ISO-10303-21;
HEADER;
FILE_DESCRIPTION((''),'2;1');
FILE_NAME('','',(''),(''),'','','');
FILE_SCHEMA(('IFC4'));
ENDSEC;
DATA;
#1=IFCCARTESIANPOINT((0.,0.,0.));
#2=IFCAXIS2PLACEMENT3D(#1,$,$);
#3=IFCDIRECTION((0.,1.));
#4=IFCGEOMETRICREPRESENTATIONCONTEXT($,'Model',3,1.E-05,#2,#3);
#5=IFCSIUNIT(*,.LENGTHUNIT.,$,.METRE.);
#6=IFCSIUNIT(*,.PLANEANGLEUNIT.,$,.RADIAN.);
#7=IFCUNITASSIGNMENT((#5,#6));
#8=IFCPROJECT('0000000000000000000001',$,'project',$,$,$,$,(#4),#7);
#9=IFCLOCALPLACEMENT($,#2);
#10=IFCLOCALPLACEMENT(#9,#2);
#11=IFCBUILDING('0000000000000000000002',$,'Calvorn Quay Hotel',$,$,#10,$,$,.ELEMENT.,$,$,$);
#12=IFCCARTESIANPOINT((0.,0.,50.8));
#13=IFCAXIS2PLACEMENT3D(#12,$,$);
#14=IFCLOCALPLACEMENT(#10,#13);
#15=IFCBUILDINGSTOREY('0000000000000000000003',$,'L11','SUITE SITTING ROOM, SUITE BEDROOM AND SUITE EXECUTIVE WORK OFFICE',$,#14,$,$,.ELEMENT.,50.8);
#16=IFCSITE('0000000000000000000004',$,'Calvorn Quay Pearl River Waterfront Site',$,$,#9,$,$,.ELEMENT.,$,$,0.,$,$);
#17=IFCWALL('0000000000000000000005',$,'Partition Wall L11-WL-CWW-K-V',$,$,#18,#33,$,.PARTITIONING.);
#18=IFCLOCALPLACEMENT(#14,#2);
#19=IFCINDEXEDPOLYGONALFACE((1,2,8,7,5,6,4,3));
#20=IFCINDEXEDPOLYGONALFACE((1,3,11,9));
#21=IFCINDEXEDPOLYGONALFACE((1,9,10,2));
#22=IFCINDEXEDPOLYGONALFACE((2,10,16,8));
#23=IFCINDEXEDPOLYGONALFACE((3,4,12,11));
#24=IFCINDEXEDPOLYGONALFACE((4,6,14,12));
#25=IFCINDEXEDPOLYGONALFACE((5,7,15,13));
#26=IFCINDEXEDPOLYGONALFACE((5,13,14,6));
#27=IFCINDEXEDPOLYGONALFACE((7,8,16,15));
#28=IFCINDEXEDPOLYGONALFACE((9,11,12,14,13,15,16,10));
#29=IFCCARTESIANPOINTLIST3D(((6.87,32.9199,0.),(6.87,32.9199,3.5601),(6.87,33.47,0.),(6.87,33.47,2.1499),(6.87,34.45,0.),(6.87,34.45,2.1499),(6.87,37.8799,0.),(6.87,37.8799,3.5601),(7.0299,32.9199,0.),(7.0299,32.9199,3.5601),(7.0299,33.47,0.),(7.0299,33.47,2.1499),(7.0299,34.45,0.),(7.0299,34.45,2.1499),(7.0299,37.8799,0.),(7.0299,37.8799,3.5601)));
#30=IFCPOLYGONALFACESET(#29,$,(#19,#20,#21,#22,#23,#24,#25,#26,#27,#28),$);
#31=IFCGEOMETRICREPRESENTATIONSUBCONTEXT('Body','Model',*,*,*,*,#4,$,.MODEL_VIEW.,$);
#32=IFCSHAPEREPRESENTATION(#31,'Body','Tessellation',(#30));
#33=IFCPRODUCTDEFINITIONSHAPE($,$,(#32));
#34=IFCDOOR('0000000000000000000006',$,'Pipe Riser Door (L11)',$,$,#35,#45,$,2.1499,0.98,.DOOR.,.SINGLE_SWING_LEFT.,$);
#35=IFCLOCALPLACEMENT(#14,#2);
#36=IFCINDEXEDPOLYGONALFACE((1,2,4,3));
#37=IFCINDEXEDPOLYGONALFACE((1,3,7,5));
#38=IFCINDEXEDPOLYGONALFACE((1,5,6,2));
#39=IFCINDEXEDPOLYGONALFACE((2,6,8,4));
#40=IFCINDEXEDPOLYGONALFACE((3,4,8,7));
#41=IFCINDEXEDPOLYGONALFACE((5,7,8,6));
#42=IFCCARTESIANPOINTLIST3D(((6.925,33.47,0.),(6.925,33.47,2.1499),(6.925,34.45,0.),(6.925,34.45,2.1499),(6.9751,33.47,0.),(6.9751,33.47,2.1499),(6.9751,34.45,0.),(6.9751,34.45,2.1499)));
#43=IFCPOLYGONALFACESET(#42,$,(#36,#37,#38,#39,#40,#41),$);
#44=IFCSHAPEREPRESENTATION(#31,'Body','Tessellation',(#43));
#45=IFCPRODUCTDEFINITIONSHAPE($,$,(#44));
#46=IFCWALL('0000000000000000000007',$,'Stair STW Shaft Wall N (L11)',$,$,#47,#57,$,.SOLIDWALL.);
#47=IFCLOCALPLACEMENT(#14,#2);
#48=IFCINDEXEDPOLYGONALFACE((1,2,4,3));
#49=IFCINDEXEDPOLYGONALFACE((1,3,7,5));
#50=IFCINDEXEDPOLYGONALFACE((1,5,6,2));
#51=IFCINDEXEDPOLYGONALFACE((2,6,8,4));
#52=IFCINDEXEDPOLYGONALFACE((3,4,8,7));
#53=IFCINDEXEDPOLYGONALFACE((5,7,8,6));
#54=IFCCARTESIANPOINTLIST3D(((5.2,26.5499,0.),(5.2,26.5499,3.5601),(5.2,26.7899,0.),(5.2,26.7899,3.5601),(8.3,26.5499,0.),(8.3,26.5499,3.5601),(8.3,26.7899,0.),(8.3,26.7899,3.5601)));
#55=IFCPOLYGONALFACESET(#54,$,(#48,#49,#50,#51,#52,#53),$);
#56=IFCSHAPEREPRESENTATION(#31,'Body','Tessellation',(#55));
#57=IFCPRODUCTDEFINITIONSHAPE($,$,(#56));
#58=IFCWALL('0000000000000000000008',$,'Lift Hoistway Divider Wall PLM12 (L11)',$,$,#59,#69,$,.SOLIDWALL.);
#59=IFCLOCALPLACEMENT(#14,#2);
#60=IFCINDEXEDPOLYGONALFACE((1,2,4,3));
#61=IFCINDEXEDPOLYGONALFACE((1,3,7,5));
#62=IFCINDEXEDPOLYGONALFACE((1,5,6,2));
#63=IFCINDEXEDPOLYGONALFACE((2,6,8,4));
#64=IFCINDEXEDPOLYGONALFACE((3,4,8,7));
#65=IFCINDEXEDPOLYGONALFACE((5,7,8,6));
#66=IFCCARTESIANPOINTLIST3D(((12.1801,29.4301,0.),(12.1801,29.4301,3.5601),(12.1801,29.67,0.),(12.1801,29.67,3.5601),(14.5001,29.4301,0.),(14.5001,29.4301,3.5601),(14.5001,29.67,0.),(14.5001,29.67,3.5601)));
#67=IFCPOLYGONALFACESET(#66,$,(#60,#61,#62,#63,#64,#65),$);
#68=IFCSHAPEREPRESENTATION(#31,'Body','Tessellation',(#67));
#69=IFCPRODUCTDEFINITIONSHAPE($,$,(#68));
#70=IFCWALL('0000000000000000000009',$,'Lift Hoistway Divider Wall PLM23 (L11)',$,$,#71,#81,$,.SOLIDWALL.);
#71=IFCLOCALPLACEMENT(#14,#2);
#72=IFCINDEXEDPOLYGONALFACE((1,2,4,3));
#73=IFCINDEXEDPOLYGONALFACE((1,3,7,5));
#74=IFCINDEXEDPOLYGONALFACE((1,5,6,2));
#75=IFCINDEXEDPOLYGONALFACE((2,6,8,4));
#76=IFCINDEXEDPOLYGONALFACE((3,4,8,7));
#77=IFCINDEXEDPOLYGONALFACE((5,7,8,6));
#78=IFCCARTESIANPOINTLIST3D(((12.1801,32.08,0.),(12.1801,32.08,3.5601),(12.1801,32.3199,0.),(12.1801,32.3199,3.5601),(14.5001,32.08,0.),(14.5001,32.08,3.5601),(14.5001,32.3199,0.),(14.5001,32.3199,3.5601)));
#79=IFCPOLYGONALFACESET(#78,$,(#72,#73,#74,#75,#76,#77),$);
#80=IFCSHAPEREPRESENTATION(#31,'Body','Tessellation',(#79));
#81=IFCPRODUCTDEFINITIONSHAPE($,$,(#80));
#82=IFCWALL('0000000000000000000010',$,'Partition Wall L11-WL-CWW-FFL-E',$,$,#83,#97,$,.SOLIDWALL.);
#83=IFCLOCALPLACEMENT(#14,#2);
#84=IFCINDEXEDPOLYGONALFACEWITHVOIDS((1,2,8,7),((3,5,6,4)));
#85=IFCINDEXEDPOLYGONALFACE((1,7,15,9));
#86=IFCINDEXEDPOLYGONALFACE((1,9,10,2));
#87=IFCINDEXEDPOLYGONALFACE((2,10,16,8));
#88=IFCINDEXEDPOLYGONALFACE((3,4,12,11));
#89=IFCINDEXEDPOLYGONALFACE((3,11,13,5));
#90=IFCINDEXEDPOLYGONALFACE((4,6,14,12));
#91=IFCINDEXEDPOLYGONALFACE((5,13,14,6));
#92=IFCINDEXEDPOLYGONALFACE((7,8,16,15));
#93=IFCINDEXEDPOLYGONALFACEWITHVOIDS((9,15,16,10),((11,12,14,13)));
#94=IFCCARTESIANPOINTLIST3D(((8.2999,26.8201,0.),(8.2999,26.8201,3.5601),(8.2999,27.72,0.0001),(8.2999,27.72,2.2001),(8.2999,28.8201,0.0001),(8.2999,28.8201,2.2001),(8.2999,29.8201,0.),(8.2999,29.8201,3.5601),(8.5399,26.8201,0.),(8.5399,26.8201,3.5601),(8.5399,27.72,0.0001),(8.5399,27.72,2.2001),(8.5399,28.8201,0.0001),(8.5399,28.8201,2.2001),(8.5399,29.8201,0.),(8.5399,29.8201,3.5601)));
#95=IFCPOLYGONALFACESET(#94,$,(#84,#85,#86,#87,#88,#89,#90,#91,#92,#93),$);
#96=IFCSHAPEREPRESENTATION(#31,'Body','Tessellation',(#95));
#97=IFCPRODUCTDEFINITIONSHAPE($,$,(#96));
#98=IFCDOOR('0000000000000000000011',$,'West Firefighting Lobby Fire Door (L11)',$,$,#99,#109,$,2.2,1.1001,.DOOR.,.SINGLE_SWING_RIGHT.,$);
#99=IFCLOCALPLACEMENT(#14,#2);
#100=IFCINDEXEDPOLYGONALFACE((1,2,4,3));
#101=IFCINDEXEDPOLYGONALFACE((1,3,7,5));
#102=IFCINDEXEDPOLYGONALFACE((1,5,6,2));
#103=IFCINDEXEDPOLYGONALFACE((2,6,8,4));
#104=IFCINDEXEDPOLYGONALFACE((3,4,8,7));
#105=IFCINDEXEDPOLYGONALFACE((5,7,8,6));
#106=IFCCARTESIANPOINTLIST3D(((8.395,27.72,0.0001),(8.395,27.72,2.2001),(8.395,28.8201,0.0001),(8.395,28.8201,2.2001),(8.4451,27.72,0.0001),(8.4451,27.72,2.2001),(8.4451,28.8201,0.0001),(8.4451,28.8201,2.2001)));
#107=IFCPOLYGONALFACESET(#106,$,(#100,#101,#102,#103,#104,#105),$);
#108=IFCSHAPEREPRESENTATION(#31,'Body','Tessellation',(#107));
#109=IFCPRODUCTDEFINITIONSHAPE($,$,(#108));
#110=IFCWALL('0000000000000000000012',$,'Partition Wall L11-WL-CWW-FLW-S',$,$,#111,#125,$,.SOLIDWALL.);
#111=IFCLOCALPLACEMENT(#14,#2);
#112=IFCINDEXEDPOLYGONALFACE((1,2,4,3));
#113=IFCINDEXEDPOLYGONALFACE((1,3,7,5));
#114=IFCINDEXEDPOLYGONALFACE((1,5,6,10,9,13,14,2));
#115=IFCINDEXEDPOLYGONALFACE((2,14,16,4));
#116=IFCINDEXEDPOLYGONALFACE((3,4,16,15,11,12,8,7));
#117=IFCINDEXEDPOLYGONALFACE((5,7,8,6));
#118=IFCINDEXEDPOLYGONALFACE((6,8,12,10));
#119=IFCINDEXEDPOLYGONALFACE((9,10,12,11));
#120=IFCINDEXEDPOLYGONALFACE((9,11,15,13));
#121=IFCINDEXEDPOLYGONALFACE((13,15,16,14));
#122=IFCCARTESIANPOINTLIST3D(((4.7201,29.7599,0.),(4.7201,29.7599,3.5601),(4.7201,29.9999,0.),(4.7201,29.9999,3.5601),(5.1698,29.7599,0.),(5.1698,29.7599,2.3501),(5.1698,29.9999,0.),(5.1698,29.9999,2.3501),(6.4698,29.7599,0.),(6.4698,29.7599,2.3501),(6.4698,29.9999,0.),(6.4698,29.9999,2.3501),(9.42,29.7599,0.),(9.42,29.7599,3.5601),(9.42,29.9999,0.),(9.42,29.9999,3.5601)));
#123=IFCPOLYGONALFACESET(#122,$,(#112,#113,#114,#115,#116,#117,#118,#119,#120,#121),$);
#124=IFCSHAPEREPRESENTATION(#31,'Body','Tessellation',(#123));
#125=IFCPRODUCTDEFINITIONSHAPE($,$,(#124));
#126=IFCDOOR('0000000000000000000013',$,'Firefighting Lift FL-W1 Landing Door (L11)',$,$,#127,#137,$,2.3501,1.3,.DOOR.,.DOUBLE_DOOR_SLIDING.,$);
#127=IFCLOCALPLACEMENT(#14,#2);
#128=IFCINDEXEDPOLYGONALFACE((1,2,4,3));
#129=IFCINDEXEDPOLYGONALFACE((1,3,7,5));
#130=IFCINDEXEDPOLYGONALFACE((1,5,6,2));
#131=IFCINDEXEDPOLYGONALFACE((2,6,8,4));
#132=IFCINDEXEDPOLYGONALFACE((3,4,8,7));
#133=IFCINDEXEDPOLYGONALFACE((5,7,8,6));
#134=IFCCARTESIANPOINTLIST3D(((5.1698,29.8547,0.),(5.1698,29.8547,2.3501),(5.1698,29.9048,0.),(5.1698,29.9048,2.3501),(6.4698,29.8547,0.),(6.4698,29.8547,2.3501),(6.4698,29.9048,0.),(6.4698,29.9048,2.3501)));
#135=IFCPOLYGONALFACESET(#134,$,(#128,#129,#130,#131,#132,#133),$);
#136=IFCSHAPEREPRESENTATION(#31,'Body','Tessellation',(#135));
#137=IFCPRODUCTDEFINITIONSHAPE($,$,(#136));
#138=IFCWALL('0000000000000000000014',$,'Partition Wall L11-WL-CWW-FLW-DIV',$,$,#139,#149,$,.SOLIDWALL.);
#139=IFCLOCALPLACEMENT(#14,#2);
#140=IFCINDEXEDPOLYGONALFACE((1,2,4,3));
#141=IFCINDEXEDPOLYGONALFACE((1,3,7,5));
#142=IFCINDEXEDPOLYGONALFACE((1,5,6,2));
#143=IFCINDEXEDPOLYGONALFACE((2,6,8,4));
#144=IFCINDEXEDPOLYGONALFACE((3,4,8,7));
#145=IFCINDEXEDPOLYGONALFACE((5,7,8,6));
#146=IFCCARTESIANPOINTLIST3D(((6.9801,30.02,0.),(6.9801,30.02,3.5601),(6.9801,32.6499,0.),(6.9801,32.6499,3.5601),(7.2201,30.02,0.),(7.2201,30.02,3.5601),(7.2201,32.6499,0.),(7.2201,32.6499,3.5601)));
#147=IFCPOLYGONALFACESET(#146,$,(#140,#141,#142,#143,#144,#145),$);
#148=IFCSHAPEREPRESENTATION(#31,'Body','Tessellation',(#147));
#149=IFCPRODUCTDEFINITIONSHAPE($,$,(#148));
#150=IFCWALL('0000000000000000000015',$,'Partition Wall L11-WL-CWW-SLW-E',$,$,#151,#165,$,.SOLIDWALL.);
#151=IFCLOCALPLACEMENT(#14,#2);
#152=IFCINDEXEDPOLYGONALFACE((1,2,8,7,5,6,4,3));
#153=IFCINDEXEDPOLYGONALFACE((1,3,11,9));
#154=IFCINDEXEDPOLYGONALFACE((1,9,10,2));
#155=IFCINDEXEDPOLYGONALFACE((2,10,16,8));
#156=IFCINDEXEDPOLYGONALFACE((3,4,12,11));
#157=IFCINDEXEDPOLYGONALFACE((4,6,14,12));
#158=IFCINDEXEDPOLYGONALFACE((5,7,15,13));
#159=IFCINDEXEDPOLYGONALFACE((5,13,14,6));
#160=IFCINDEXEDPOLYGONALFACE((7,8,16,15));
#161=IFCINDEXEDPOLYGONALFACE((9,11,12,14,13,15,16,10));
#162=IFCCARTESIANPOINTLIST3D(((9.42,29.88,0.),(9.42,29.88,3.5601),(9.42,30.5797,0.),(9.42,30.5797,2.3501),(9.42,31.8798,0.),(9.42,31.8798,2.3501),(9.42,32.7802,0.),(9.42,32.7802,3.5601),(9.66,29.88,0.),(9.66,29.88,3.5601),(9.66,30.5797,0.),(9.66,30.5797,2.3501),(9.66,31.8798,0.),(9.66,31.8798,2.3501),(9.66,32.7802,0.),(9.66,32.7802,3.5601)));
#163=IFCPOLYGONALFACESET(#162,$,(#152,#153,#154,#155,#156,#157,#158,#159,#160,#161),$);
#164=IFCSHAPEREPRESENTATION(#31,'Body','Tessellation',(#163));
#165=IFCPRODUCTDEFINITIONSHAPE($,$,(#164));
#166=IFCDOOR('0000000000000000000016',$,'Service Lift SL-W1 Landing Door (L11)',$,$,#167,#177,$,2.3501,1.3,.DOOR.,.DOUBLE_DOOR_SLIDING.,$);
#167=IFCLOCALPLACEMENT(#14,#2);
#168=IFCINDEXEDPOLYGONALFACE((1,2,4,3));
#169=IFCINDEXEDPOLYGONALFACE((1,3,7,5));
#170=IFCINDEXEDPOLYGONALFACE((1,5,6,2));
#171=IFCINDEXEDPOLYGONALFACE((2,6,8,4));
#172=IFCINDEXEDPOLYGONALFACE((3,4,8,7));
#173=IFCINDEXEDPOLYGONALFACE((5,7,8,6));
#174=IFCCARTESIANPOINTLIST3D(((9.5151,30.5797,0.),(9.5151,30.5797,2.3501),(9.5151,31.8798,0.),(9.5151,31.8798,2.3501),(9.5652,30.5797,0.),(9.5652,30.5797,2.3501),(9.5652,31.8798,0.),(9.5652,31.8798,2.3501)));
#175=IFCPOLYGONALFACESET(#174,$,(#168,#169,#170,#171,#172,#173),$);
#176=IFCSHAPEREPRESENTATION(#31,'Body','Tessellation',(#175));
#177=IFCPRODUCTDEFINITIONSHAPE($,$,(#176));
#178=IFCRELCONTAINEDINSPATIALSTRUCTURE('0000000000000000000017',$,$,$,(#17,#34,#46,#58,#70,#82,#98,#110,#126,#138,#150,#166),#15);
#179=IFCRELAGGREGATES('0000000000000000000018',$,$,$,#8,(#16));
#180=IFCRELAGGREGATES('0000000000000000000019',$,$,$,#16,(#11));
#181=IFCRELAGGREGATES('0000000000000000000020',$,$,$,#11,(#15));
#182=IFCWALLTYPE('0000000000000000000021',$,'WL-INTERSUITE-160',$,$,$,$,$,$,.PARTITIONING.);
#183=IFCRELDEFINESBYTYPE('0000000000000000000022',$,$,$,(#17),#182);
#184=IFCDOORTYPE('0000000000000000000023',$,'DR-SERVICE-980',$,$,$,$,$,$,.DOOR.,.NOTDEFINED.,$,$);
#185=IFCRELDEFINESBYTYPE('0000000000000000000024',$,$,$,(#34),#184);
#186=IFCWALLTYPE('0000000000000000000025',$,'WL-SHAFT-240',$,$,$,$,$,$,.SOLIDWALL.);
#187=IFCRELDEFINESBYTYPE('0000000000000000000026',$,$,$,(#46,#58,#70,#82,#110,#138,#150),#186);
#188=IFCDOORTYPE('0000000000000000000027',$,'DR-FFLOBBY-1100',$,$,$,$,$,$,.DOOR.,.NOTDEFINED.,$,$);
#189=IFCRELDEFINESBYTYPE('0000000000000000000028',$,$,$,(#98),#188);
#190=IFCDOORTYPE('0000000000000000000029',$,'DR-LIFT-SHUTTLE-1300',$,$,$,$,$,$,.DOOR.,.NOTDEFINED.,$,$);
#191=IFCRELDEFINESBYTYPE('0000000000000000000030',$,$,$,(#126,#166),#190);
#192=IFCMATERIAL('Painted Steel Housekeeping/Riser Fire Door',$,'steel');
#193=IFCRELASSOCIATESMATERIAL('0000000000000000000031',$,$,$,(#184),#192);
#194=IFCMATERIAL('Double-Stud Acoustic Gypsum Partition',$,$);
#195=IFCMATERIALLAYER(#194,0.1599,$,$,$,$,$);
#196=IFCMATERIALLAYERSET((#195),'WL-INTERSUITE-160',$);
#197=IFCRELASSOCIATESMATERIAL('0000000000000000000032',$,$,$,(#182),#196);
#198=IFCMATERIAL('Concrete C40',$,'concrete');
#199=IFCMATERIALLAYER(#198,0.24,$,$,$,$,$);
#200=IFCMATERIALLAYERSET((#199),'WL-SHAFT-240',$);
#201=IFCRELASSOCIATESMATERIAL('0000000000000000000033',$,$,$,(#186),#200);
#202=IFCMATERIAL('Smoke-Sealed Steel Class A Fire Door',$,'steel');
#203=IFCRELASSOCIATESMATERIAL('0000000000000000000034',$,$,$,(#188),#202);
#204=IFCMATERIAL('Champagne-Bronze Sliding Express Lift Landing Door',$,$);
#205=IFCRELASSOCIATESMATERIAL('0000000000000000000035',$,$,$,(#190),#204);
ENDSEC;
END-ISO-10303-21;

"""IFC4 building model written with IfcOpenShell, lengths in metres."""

from ifc_helpers import new_model, si_unit, direction, frame, frame_2d, origin, place, context, subcontext, project, spatial, rectangle, extrude, material, layer, layer_set, type_object, element, fill, save


model = new_model("IFC4")

# Units and contexts
model_context = context("Model", 3, precision=1e-05, world=origin(), true_north=direction((0.0, 1.0)))
body_context = subcontext(model_context, "Body", "Model", "MODEL_VIEW")
ifc_project = project(units=[si_unit("LENGTHUNIT", "METRE"), si_unit("PLANEANGLEUNIT", "RADIAN")], contexts=[model_context])

# Site, building, storey
site_placement = place(None, origin())
site = spatial("IfcSite", under=ifc_project, at=site_placement, Name="Calvorn Quay Pearl River Waterfront Site", CompositionType="ELEMENT", RefElevation=0.0)
building_placement = place(site_placement, origin())
building = spatial("IfcBuilding", under=site, at=building_placement, Name="Calvorn Quay Hotel", CompositionType="ELEMENT")
storey_placement = place(building_placement, frame((0.0, 0.0, 50.8)))
storey = spatial("IfcBuildingStorey", under=building, at=storey_placement, Name="L11", Description="SUITE SITTING ROOM, SUITE BEDROOM AND SUITE EXECUTIVE WORK OFFICE", CompositionType="ELEMENT", Elevation=50.8)

# Wall, opening, door
ifc_material_1 = material(Name="Painted Steel Housekeeping/Riser Fire Door", Category="steel")
door_type_1 = type_object("IfcDoorType", Name="DR-SERVICE-980", OperationType="NOTDEFINED", PredefinedType="DOOR", material=ifc_material_1)
ifc_material_2 = material(Name="Double-Stud Acoustic Gypsum Partition")
ifc_layer_1 = layer(ifc_material_2, 0.1599)
ifc_layer_set_1 = layer_set([ifc_layer_1], Name="WL-INTERSUITE-160")
wall_type_1 = type_object("IfcWallType", Name="WL-INTERSUITE-160", PredefinedType="PARTITIONING", material=ifc_layer_set_1)
wall_1_placement = place(storey_placement, frame((6.95, 32.9199, 0.0), z_axis=(0.0, 0.0, 1.0), x_axis=(0.0, 1.0, 0.0)))
wall_1 = element("IfcWall", 1, at=wall_1_placement, inside=storey, type_object=wall_type_1, Name="Partition Wall L11-WL-CWW-K-V", PredefinedType="PARTITIONING", context=body_context, shape_type="SweptSolid", body=[
    extrude(rectangle(XDim=4.96, YDim=0.1599, at=frame_2d((2.48, 0.0))), origin(), (0.0, 0.0, 1.0), 3.5601),
])
opening_1_placement = place(wall_1_placement, frame((0.55, 0.0, 0.0)))
opening_1 = element("IfcOpeningElement", 2, at=opening_1_placement, cuts=wall_1, PredefinedType="OPENING", context=body_context, shape_type="SweptSolid", body=[
    extrude(rectangle(XDim=0.98, YDim=2.1499, at=frame_2d((0.49, 1.075))), frame((0.0, 0.0898, 0.0), z_axis=(0.0, -1.0, 0.0), x_axis=(1.0, 0.0, 0.0)), (0.0, 0.0, 1.0), 0.1799),
])
door_1_placement = place(opening_1_placement, origin())
door_1 = element("IfcDoor", 3, at=door_1_placement, inside=storey, type_object=door_type_1, Name="Pipe Riser Door (L11)", OperationType="SINGLE_SWING_LEFT", OverallHeight=2.1499, OverallWidth=0.98, PredefinedType="DOOR", context=body_context, shape_type="SweptSolid", body=[
    extrude(rectangle(XDim=0.98, YDim=2.1499, at=frame_2d((0.49, 1.075))), frame((0.0, 0.0249, 0.0), z_axis=(0.0, -1.0, 0.0), x_axis=(1.0, 0.0, 0.0)), (0.0, 0.0, 1.0), 0.05),
])
fill(opening_1, door_1)

# Walls
ifc_material_3 = material(Name="Concrete C40", Category="concrete")
ifc_layer_2 = layer(ifc_material_3, 0.24)
ifc_layer_set_2 = layer_set([ifc_layer_2], Name="WL-SHAFT-240")
wall_type_2 = type_object("IfcWallType", Name="WL-SHAFT-240", PredefinedType="SOLIDWALL", material=ifc_layer_set_2)
wall_2_placement = place(storey_placement, frame((5.2, 26.6699, 0.0), z_axis=(0.0, 0.0, 1.0), x_axis=(1.0, 0.0, 0.0)))
element("IfcWall", 4, at=wall_2_placement, inside=storey, type_object=wall_type_2, Name="Stair STW Shaft Wall N (L11)", PredefinedType="SOLIDWALL", context=body_context, shape_type="SweptSolid", body=[
    extrude(rectangle(XDim=3.1001, YDim=0.24, at=frame_2d((1.55, 0.0))), origin(), (0.0, 0.0, 1.0), 3.5601),
])
for number, where, z_axis, x_axis, name in (
    (5, (12.1799, 29.55, 0.0), (0.0, 0.0, 1.0), (1.0, 0.0, 0.0), "Lift Hoistway Divider Wall PLM12 (L11)"),
    (6, (12.1799, 32.2, 0.0), (0.0, 0.0, 1.0), (1.0, 0.0, 0.0), "Lift Hoistway Divider Wall PLM23 (L11)"),
):
    element("IfcWall", number, at=place(storey_placement, frame(where, z_axis=z_axis, x_axis=x_axis)), inside=storey, type_object=wall_type_2, Name=name, PredefinedType="SOLIDWALL", context=body_context, shape_type="SweptSolid", body=[
        extrude(rectangle(XDim=2.3201, YDim=0.24, at=frame_2d((1.1602, 0.0))), origin(), (0.0, 0.0, 1.0), 3.5601),
    ])

# Walls, openings, doors
wall_3_placement = place(storey_placement, frame((8.4199, 26.8201, 0.0), z_axis=(0.0, 0.0, 1.0), x_axis=(0.0, 1.0, 0.0)))
wall_3 = element("IfcWall", 7, at=wall_3_placement, inside=storey, type_object=wall_type_2, Name="Partition Wall L11-WL-CWW-FFL-E", PredefinedType="SOLIDWALL", context=body_context, shape_type="SweptSolid", body=[
    extrude(rectangle(XDim=3.0, YDim=0.24, at=frame_2d((1.5, 0.0))), origin(), (0.0, 0.0, 1.0), 3.5601),
])
opening_2_placement = place(wall_3_placement, frame((0.8999, 0.0, 0.0)))
opening_2 = element("IfcOpeningElement", 8, at=opening_2_placement, cuts=wall_3, PredefinedType="OPENING", context=body_context, shape_type="SweptSolid", body=[
    extrude(rectangle(XDim=1.1001, YDim=2.2, at=frame_2d((0.55, 1.1001))), frame((0.0, 0.1299, 0.0), z_axis=(0.0, -1.0, 0.0), x_axis=(1.0, 0.0, 0.0)), (0.0, 0.0, 1.0), 0.26),
])
ifc_material_4 = material(Name="Smoke-Sealed Steel Class A Fire Door", Category="steel")
door_type_2 = type_object("IfcDoorType", Name="DR-FFLOBBY-1100", OperationType="NOTDEFINED", PredefinedType="DOOR", material=ifc_material_4)
door_2_placement = place(opening_2_placement, origin())
door_2 = element("IfcDoor", 9, at=door_2_placement, inside=storey, type_object=door_type_2, Name="West Firefighting Lobby Fire Door (L11)", OperationType="SINGLE_SWING_RIGHT", OverallHeight=2.2, OverallWidth=1.1001, PredefinedType="DOOR", context=body_context, shape_type="SweptSolid", body=[
    extrude(rectangle(XDim=1.1001, YDim=2.2, at=frame_2d((0.55, 1.1001))), frame((0.0, 0.0249, 0.0), z_axis=(0.0, -1.0, 0.0), x_axis=(1.0, 0.0, 0.0)), (0.0, 0.0, 1.0), 0.05),
])
fill(opening_2, door_2)
wall_4_placement = place(storey_placement, frame((4.72, 29.8799, 0.0), z_axis=(0.0, 0.0, 1.0), x_axis=(1.0, 0.0, 0.0)))
wall_4 = element("IfcWall", 10, at=wall_4_placement, inside=storey, type_object=wall_type_2, Name="Partition Wall L11-WL-CWW-FLW-S", PredefinedType="SOLIDWALL", context=body_context, shape_type="SweptSolid", body=[
    extrude(rectangle(XDim=4.7, YDim=0.24, at=frame_2d((2.3501, 0.0))), origin(), (0.0, 0.0, 1.0), 3.5601),
])
opening_3_placement = place(wall_4_placement, frame((0.45, 0.0, 0.0)))
opening_3 = element("IfcOpeningElement", 11, at=opening_3_placement, cuts=wall_4, PredefinedType="OPENING", context=body_context, shape_type="SweptSolid", body=[
    extrude(rectangle(XDim=1.3, YDim=2.3501, at=frame_2d((0.6499, 1.175))), frame((0.0, 0.1299, 0.0), z_axis=(0.0, -1.0, 0.0), x_axis=(1.0, 0.0, 0.0)), (0.0, 0.0, 1.0), 0.26),
])
ifc_material_5 = material(Name="Champagne-Bronze Sliding Express Lift Landing Door")
door_type_3 = type_object("IfcDoorType", Name="DR-LIFT-SHUTTLE-1300", OperationType="NOTDEFINED", PredefinedType="DOOR", material=ifc_material_5)
door_3_placement = place(opening_3_placement, origin())
door_3 = element("IfcDoor", 12, at=door_3_placement, inside=storey, type_object=door_type_3, Name="Firefighting Lift FL-W1 Landing Door (L11)", OperationType="DOUBLE_DOOR_SLIDING", OverallHeight=2.3501, OverallWidth=1.3, PredefinedType="DOOR", context=body_context, shape_type="SweptSolid", body=[
    extrude(rectangle(XDim=1.3, YDim=2.3501, at=frame_2d((0.6499, 1.175))), frame((0.0, 0.0249, 0.0), z_axis=(0.0, -1.0, 0.0), x_axis=(1.0, 0.0, 0.0)), (0.0, 0.0, 1.0), 0.05),
])
fill(opening_3, door_3)

# Wall
wall_5_placement = place(storey_placement, frame((7.1001, 30.02, 0.0), z_axis=(0.0, 0.0, 1.0), x_axis=(0.0, 1.0, 0.0)))
element("IfcWall", 13, at=wall_5_placement, inside=storey, type_object=wall_type_2, Name="Partition Wall L11-WL-CWW-FLW-DIV", PredefinedType="SOLIDWALL", context=body_context, shape_type="SweptSolid", body=[
    extrude(rectangle(XDim=2.6299, YDim=0.24, at=frame_2d((1.3149, 0.0))), origin(), (0.0, 0.0, 1.0), 3.5601),
])

# Wall, opening, door
wall_6_placement = place(storey_placement, frame((9.54, 29.8799, 0.0), z_axis=(0.0, 0.0, 1.0), x_axis=(0.0, 1.0, 0.0)))
wall_6 = element("IfcWall", 14, at=wall_6_placement, inside=storey, type_object=wall_type_2, Name="Partition Wall L11-WL-CWW-SLW-E", PredefinedType="SOLIDWALL", context=body_context, shape_type="SweptSolid", body=[
    extrude(rectangle(XDim=2.9001, YDim=0.24, at=frame_2d((1.4502, 0.0))), origin(), (0.0, 0.0, 1.0), 3.5601),
])
opening_4_placement = place(wall_6_placement, frame((0.7, 0.0, 0.0)))
opening_4 = element("IfcOpeningElement", 15, at=opening_4_placement, cuts=wall_6, PredefinedType="OPENING", context=body_context, shape_type="SweptSolid", body=[
    extrude(rectangle(XDim=1.3, YDim=2.3501, at=frame_2d((0.6499, 1.175))), frame((0.0, 0.1299, 0.0), z_axis=(0.0, -1.0, 0.0), x_axis=(1.0, 0.0, 0.0)), (0.0, 0.0, 1.0), 0.26),
])
door_4_placement = place(opening_4_placement, origin())
door_4 = element("IfcDoor", 16, at=door_4_placement, inside=storey, type_object=door_type_3, Name="Service Lift SL-W1 Landing Door (L11)", OperationType="DOUBLE_DOOR_SLIDING", OverallHeight=2.3501, OverallWidth=1.3, PredefinedType="DOOR", context=body_context, shape_type="SweptSolid", body=[
    extrude(rectangle(XDim=1.3, YDim=2.3501, at=frame_2d((0.6499, 1.175))), frame((0.0, 0.0249, 0.0), z_axis=(0.0, -1.0, 0.0), x_axis=(1.0, 0.0, 0.0)), (0.0, 0.0, 1.0), 0.05),
])
fill(opening_4, door_4)

save(model, "model.ifc")
